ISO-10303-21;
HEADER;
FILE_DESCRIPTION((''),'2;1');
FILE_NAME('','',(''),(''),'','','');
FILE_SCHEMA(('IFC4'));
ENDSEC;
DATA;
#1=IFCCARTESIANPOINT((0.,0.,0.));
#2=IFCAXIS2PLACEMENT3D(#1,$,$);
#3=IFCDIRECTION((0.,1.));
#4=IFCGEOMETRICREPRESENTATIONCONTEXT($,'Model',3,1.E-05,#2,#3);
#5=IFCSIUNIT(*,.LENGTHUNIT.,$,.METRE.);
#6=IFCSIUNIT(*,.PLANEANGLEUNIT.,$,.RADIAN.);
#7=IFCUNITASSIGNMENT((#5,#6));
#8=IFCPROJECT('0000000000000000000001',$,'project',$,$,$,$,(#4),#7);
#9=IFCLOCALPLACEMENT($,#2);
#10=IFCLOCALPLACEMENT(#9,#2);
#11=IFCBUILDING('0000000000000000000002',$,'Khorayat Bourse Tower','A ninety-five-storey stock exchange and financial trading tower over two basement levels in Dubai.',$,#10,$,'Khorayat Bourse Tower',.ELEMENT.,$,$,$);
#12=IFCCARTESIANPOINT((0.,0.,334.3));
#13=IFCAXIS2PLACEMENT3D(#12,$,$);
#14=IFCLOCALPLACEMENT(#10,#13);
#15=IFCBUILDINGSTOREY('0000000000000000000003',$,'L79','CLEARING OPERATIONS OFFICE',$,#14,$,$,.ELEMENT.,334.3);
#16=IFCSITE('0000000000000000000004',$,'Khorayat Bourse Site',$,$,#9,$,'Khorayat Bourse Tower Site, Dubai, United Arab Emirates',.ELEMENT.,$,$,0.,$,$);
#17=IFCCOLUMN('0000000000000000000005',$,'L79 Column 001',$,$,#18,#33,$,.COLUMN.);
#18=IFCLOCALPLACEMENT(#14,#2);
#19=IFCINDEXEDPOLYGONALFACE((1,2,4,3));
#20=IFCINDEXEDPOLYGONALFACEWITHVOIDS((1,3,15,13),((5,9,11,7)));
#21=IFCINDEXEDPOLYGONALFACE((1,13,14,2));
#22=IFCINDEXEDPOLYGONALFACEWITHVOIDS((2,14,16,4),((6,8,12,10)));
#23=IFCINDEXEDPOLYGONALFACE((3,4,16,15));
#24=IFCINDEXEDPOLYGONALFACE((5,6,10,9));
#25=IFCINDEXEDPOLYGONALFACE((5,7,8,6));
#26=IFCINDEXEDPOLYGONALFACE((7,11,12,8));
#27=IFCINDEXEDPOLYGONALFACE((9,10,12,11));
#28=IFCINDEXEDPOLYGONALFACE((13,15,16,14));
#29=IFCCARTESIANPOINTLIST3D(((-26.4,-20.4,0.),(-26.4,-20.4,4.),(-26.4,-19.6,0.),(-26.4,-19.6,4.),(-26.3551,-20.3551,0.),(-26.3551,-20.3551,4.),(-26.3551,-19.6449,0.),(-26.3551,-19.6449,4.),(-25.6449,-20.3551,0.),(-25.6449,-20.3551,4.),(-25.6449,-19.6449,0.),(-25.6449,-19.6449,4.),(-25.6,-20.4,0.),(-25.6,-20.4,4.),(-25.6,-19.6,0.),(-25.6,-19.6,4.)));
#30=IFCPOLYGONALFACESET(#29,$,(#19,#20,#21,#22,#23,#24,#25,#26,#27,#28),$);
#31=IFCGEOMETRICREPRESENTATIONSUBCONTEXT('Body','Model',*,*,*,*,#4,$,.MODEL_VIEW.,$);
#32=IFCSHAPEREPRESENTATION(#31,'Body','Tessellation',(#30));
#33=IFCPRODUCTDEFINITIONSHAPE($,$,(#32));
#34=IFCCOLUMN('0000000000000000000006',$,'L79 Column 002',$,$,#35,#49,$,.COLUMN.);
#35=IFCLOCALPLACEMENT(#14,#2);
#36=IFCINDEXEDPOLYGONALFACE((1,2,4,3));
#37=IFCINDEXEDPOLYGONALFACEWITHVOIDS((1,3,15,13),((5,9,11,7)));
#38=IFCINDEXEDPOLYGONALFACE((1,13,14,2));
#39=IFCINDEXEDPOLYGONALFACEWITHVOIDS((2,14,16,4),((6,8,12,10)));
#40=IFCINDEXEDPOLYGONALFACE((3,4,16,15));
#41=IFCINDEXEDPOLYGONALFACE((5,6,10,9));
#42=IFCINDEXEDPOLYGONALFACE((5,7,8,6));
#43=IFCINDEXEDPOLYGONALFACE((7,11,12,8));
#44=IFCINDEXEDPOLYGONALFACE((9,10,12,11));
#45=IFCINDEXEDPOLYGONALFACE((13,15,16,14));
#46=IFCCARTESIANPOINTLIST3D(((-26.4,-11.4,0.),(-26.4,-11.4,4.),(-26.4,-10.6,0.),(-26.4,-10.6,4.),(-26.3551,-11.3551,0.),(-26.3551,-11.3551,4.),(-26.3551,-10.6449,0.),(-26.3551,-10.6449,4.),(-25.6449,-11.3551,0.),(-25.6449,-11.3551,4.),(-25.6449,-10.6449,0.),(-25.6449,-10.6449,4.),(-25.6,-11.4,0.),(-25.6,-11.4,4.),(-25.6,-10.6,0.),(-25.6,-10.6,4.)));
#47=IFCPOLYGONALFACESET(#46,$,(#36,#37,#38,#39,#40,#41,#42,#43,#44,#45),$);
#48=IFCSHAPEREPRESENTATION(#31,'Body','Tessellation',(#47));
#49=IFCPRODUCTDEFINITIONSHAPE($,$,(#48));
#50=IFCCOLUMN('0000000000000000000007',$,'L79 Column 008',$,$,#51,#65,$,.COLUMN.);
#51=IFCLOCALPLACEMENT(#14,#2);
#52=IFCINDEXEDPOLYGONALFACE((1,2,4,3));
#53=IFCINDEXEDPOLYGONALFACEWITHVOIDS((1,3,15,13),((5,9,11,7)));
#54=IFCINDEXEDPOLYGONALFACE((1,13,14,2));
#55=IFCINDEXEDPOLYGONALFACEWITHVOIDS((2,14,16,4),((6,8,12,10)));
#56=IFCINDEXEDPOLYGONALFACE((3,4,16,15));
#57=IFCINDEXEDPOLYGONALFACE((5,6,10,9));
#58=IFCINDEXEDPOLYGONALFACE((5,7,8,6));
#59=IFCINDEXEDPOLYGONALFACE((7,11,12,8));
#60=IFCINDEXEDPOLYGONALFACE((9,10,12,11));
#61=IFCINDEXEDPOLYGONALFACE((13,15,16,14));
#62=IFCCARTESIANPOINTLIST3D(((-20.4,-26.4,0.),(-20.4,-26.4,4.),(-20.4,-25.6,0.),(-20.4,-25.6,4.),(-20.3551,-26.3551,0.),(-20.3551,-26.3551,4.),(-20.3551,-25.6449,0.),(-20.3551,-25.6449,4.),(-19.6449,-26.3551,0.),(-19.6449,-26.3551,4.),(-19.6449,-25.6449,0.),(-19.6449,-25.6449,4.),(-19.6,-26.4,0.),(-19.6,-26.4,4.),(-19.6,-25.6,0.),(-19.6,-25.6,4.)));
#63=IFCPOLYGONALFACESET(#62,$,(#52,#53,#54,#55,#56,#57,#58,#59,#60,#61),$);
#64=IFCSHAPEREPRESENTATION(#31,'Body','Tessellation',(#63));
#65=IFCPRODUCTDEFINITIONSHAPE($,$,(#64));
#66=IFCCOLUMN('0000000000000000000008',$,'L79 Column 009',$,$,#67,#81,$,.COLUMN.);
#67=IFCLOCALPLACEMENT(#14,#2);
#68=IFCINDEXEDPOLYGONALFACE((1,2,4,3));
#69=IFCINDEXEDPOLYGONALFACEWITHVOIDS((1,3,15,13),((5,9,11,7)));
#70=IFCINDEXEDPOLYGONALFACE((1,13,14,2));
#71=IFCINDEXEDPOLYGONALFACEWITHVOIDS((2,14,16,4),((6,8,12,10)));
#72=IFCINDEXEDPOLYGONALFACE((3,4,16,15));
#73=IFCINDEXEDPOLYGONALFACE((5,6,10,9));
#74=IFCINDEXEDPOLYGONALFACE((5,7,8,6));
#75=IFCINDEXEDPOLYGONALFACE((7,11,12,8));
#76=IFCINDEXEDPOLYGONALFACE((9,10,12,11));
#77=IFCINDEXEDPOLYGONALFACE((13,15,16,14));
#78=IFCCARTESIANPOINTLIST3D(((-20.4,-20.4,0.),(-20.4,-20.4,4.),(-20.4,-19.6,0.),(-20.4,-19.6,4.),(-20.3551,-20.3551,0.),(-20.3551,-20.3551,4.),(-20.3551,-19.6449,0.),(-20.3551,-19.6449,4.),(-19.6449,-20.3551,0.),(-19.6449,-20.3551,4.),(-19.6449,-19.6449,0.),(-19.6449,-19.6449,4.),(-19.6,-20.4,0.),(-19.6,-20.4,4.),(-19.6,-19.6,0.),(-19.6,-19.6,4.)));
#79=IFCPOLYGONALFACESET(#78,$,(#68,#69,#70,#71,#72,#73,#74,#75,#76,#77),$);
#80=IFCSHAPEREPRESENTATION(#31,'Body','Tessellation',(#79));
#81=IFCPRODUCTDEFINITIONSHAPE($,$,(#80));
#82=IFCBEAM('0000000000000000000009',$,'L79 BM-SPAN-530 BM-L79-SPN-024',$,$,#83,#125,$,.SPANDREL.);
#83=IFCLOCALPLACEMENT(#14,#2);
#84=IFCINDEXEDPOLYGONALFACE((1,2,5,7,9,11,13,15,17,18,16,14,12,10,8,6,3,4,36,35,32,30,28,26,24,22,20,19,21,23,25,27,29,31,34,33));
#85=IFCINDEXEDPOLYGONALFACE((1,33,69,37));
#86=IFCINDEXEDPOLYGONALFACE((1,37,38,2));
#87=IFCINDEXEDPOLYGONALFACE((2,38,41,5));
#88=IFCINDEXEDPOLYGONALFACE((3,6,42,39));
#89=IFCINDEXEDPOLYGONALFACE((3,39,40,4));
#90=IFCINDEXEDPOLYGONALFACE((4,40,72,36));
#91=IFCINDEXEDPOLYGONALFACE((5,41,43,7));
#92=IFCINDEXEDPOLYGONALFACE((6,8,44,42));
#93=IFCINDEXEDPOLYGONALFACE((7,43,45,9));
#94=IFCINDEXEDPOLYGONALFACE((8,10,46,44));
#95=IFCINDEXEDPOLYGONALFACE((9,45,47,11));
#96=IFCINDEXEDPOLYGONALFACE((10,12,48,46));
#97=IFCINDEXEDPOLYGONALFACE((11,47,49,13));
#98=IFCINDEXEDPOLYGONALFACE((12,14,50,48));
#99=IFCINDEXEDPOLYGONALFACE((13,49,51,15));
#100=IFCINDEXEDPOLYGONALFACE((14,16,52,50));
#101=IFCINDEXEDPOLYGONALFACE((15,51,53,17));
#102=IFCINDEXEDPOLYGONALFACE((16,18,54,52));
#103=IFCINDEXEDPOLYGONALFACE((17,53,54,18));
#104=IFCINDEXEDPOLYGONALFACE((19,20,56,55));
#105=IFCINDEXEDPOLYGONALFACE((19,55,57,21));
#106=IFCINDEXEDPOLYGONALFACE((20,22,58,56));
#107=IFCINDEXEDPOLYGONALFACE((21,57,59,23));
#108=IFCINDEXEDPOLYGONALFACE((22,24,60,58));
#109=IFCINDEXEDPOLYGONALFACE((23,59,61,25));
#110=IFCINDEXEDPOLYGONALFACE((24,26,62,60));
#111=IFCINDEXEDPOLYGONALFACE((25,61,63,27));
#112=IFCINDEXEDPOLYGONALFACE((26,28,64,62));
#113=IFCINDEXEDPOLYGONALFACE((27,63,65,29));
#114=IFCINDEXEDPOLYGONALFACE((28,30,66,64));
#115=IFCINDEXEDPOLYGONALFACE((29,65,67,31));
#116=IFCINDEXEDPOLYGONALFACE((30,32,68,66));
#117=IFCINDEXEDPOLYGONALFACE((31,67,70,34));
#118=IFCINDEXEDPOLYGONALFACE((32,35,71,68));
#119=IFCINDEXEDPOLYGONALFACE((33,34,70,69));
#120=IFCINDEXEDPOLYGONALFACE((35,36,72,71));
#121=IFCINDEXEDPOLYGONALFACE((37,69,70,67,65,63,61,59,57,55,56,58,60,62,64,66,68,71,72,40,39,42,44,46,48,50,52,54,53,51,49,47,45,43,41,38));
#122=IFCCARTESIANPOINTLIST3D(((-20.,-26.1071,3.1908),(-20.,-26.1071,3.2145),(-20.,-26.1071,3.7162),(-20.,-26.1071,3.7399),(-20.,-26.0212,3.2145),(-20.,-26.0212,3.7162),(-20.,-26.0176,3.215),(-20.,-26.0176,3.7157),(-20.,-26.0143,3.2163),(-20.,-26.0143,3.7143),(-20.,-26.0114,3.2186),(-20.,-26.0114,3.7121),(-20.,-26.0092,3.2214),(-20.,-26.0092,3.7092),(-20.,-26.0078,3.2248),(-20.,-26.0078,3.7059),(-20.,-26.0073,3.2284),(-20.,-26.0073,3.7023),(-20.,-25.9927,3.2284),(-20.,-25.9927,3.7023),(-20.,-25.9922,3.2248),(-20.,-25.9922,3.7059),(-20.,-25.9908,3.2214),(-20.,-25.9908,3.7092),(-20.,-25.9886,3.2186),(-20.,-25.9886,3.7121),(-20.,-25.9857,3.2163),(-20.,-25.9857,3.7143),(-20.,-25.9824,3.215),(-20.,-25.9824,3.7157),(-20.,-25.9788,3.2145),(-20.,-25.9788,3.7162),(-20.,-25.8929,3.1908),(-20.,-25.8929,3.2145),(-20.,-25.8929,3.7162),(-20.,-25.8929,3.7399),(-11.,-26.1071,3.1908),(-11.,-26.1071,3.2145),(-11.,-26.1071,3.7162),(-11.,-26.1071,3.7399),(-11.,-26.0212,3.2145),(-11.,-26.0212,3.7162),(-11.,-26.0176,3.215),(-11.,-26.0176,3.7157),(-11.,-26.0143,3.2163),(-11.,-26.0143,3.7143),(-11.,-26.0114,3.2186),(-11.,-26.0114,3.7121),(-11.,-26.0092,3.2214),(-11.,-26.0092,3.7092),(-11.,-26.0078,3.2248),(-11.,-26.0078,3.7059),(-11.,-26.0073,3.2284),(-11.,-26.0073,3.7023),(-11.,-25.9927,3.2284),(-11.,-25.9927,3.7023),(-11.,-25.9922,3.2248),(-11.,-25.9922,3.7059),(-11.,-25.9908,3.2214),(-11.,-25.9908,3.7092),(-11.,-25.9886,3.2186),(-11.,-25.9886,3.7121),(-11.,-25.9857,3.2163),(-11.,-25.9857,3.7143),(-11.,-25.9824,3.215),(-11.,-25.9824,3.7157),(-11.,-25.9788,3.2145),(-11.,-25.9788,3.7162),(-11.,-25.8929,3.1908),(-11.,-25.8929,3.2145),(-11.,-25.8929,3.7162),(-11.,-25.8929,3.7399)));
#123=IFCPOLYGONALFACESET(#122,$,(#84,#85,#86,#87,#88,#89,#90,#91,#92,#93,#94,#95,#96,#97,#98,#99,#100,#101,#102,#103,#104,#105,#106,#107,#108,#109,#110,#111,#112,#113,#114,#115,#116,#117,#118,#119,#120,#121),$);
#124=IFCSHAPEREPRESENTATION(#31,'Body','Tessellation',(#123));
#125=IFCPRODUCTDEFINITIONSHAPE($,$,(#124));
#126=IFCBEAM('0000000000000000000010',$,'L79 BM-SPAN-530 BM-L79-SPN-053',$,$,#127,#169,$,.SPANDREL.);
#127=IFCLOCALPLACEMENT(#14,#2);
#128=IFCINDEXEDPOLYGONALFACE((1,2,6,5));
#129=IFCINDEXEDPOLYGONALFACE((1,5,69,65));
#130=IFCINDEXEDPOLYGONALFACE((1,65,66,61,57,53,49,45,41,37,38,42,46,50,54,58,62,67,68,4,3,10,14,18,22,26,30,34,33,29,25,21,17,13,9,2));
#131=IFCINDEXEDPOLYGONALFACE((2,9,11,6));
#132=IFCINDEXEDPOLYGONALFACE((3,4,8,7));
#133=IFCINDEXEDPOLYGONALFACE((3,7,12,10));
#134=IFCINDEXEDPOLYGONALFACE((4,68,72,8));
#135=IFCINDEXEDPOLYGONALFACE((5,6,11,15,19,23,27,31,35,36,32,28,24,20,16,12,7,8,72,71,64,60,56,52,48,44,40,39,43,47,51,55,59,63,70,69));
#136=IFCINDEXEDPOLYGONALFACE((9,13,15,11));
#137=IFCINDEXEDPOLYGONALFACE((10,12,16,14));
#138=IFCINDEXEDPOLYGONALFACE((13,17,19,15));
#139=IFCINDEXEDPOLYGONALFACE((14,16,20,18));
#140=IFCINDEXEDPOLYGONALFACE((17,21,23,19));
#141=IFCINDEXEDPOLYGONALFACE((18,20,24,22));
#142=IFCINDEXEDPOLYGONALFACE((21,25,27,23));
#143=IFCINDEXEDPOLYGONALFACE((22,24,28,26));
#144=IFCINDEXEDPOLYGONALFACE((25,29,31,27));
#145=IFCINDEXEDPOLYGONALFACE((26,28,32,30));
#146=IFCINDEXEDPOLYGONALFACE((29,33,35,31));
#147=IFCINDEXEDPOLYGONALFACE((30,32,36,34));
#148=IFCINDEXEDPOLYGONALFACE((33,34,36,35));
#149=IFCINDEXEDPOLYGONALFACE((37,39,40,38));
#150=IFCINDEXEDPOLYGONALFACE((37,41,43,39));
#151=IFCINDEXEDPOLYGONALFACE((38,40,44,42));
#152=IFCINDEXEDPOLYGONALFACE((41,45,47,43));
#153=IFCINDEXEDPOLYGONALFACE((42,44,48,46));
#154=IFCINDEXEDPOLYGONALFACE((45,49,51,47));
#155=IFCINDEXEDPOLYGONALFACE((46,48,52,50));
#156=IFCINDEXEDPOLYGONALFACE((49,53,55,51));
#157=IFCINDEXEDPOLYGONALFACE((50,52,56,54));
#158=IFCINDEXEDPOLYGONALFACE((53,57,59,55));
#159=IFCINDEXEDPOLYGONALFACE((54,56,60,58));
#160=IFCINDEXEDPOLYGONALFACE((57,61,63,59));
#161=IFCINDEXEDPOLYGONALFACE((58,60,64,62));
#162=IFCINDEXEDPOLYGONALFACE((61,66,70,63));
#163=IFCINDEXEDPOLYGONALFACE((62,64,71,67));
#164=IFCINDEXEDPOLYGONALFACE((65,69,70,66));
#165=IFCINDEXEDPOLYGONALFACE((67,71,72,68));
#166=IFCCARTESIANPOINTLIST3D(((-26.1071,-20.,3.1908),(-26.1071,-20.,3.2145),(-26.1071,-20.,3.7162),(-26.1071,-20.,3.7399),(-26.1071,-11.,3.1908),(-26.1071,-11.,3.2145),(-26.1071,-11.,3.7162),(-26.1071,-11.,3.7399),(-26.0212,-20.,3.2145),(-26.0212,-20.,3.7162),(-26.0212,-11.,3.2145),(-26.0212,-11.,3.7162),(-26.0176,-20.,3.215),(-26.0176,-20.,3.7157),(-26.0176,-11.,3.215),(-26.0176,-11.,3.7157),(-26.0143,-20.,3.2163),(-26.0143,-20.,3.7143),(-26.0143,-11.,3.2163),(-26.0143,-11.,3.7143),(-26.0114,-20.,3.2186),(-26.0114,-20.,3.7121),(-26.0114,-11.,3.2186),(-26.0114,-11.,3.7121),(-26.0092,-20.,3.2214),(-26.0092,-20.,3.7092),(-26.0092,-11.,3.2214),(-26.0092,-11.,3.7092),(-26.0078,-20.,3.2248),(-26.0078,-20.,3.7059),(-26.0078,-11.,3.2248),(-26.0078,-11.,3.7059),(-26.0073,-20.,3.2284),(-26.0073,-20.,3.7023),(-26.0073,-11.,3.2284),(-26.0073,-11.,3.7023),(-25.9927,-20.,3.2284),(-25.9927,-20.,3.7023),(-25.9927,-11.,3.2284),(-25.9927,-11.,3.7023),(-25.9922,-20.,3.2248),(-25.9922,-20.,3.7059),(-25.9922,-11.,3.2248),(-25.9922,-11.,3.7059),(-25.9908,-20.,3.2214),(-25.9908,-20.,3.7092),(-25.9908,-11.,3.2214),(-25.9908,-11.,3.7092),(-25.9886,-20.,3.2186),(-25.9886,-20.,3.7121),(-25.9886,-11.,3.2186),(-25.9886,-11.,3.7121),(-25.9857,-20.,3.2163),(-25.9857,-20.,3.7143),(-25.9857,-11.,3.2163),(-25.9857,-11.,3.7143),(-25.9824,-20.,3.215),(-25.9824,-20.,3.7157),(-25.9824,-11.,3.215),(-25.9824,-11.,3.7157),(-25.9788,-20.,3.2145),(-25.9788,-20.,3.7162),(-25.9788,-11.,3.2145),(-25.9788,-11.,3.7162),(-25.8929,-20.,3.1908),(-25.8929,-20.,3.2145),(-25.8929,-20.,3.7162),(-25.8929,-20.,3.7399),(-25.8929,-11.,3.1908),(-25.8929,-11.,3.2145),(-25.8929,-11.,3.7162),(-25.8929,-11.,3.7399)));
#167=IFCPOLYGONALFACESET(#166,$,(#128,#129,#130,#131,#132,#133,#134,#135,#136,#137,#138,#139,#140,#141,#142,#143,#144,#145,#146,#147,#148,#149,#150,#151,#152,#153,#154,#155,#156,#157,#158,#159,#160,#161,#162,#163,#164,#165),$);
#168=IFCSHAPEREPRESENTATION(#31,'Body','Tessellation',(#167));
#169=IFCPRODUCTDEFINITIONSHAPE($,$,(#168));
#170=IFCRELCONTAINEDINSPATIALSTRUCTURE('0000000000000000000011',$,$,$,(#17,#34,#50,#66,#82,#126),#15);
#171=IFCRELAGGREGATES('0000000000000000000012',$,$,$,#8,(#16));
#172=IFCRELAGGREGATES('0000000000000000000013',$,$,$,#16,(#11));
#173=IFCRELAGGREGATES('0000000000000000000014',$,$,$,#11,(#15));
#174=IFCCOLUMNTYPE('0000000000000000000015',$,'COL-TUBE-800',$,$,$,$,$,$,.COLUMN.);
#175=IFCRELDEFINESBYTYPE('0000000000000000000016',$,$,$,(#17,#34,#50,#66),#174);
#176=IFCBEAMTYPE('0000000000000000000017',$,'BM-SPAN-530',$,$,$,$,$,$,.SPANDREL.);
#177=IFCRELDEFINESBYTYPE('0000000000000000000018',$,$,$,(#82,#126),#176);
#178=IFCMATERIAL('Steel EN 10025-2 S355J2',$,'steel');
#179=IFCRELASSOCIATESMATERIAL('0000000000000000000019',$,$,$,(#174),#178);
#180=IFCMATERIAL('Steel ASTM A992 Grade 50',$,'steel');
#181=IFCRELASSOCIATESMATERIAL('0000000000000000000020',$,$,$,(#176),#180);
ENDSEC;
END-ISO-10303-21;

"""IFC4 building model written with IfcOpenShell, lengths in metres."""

from ifc_helpers import new_model, si_unit, direction, frame, origin, origin_2d, place, context, subcontext, project, spatial, hollow_rectangle, i_section, extrude, source, transform, mapped, material, material_profile, profile_set, type_object, element, save


model = new_model("IFC4")

# Units and contexts
model_context = context("Model", 3, precision=1e-05, world=origin(), true_north=direction((0.0, 1.0)))
body_context = subcontext(model_context, "Body", "Model", "MODEL_VIEW")
ifc_project = project(units=[si_unit("LENGTHUNIT", "METRE"), si_unit("PLANEANGLEUNIT", "RADIAN")], contexts=[model_context])

# Site, building, storey
site_placement = place(None, origin())
site = spatial("IfcSite", under=ifc_project, at=site_placement, Name="Khorayat Bourse Site", LongName="Khorayat Bourse Tower Site, Dubai, United Arab Emirates", CompositionType="ELEMENT", RefElevation=0.0)
building_placement = place(site_placement, origin())
building = spatial("IfcBuilding", under=site, at=building_placement, Name="Khorayat Bourse Tower", Description="A ninety-five-storey stock exchange and financial trading tower over two basement levels in Dubai.", LongName="Khorayat Bourse Tower", CompositionType="ELEMENT")
storey_placement = place(building_placement, frame((0.0, 0.0, 334.3)))
storey = spatial("IfcBuildingStorey", under=building, at=storey_placement, Name="L79", Description="CLEARING OPERATIONS OFFICE", CompositionType="ELEMENT", Elevation=334.3)

# Columns
ifc_material_1 = material(Name="Steel EN 10025-2 S355J2", Category="steel")
ifc_material_profile_1 = material_profile(ifc_material_1, hollow_rectangle(XDim=0.8, YDim=0.8, WallThickness=0.0449, at=origin_2d()), Name="BOX 800x800x45")
ifc_profile_set_1 = profile_set([ifc_material_profile_1], Name="Steel EN 10025-2 S355J2")
column_type = type_object("IfcColumnType", Name="COL-TUBE-800", PredefinedType="COLUMN", material=ifc_profile_set_1)
shared_shape_1 = source(origin(), body_context, "Body", "SweptSolid", [
    extrude(hollow_rectangle(XDim=0.8, YDim=0.8, WallThickness=0.0449, at=origin_2d()), origin(), (0.0, 0.0, 1.0), 4.0),
])
for number, where, z_axis, x_axis, name in (
    (1, (-26.0, -20.0, 0.0), (0.0, 0.0, 1.0), (1.0, 0.0, 0.0), "L79 Column 001"),
    (2, (-26.0, -11.0, 0.0), (0.0, 0.0, 1.0), (1.0, 0.0, 0.0), "L79 Column 002"),
    (3, (-20.0, -26.0, 0.0), (0.0, 0.0, 1.0), (1.0, 0.0, 0.0), "L79 Column 008"),
    (4, (-20.0, -20.0, 0.0), (0.0, 0.0, 1.0), (1.0, 0.0, 0.0), "L79 Column 009"),
):
    element("IfcColumn", number, at=place(storey_placement, frame(where, z_axis=z_axis, x_axis=x_axis)), inside=storey, type_object=column_type, Name=name, PredefinedType="COLUMN", context=body_context, shape_type="MappedRepresentation", body=[
        mapped(shared_shape_1, transform((0.0, 0.0, 0.0), scale=1.0)),
    ])

# Beams
ifc_material_2 = material(Name="Steel ASTM A992 Grade 50", Category="steel")
ifc_material_profile_2 = material_profile(ifc_material_2, i_section(OverallWidth=0.2141, OverallDepth=0.5491, WebThickness=0.0146, FlangeThickness=0.0237, FilletRadius=0.0139, at=origin_2d()), Name="W530X138")
ifc_profile_set_2 = profile_set([ifc_material_profile_2], Name="Steel ASTM A992 Grade 50")
beam_type_1 = type_object("IfcBeamType", Name="BM-SPAN-530", PredefinedType="SPANDREL", material=ifc_profile_set_2)
shared_shape_2 = source(origin(), body_context, "Body", "SweptSolid", [
    extrude(i_section(OverallWidth=0.2141, OverallDepth=0.5491, WebThickness=0.0146, FlangeThickness=0.0237, FilletRadius=0.0139, at=origin_2d()), origin(), (0.0, 0.0, 1.0), 9.0),
])
for number, where, z_axis, x_axis, name in (
    (5, (-20.0, -26.0, 3.4653), (1.0, 0.0, 0.0), (0.0, 1.0, 0.0), "L79 BM-SPAN-530 BM-L79-SPN-024"),
    (6, (-26.0, -20.0, 3.4653), (0.0, 1.0, 0.0), (-1.0, 0.0, 0.0), "L79 BM-SPAN-530 BM-L79-SPN-053"),
):
    element("IfcBeam", number, at=place(storey_placement, frame(where, z_axis=z_axis, x_axis=x_axis)), inside=storey, type_object=beam_type_1, Name=name, PredefinedType="SPANDREL", context=body_context, shape_type="MappedRepresentation", body=[
        mapped(shared_shape_2, transform((0.0, 0.0, 0.0), scale=1.0)),
    ])

save(model, "model.ifc")
